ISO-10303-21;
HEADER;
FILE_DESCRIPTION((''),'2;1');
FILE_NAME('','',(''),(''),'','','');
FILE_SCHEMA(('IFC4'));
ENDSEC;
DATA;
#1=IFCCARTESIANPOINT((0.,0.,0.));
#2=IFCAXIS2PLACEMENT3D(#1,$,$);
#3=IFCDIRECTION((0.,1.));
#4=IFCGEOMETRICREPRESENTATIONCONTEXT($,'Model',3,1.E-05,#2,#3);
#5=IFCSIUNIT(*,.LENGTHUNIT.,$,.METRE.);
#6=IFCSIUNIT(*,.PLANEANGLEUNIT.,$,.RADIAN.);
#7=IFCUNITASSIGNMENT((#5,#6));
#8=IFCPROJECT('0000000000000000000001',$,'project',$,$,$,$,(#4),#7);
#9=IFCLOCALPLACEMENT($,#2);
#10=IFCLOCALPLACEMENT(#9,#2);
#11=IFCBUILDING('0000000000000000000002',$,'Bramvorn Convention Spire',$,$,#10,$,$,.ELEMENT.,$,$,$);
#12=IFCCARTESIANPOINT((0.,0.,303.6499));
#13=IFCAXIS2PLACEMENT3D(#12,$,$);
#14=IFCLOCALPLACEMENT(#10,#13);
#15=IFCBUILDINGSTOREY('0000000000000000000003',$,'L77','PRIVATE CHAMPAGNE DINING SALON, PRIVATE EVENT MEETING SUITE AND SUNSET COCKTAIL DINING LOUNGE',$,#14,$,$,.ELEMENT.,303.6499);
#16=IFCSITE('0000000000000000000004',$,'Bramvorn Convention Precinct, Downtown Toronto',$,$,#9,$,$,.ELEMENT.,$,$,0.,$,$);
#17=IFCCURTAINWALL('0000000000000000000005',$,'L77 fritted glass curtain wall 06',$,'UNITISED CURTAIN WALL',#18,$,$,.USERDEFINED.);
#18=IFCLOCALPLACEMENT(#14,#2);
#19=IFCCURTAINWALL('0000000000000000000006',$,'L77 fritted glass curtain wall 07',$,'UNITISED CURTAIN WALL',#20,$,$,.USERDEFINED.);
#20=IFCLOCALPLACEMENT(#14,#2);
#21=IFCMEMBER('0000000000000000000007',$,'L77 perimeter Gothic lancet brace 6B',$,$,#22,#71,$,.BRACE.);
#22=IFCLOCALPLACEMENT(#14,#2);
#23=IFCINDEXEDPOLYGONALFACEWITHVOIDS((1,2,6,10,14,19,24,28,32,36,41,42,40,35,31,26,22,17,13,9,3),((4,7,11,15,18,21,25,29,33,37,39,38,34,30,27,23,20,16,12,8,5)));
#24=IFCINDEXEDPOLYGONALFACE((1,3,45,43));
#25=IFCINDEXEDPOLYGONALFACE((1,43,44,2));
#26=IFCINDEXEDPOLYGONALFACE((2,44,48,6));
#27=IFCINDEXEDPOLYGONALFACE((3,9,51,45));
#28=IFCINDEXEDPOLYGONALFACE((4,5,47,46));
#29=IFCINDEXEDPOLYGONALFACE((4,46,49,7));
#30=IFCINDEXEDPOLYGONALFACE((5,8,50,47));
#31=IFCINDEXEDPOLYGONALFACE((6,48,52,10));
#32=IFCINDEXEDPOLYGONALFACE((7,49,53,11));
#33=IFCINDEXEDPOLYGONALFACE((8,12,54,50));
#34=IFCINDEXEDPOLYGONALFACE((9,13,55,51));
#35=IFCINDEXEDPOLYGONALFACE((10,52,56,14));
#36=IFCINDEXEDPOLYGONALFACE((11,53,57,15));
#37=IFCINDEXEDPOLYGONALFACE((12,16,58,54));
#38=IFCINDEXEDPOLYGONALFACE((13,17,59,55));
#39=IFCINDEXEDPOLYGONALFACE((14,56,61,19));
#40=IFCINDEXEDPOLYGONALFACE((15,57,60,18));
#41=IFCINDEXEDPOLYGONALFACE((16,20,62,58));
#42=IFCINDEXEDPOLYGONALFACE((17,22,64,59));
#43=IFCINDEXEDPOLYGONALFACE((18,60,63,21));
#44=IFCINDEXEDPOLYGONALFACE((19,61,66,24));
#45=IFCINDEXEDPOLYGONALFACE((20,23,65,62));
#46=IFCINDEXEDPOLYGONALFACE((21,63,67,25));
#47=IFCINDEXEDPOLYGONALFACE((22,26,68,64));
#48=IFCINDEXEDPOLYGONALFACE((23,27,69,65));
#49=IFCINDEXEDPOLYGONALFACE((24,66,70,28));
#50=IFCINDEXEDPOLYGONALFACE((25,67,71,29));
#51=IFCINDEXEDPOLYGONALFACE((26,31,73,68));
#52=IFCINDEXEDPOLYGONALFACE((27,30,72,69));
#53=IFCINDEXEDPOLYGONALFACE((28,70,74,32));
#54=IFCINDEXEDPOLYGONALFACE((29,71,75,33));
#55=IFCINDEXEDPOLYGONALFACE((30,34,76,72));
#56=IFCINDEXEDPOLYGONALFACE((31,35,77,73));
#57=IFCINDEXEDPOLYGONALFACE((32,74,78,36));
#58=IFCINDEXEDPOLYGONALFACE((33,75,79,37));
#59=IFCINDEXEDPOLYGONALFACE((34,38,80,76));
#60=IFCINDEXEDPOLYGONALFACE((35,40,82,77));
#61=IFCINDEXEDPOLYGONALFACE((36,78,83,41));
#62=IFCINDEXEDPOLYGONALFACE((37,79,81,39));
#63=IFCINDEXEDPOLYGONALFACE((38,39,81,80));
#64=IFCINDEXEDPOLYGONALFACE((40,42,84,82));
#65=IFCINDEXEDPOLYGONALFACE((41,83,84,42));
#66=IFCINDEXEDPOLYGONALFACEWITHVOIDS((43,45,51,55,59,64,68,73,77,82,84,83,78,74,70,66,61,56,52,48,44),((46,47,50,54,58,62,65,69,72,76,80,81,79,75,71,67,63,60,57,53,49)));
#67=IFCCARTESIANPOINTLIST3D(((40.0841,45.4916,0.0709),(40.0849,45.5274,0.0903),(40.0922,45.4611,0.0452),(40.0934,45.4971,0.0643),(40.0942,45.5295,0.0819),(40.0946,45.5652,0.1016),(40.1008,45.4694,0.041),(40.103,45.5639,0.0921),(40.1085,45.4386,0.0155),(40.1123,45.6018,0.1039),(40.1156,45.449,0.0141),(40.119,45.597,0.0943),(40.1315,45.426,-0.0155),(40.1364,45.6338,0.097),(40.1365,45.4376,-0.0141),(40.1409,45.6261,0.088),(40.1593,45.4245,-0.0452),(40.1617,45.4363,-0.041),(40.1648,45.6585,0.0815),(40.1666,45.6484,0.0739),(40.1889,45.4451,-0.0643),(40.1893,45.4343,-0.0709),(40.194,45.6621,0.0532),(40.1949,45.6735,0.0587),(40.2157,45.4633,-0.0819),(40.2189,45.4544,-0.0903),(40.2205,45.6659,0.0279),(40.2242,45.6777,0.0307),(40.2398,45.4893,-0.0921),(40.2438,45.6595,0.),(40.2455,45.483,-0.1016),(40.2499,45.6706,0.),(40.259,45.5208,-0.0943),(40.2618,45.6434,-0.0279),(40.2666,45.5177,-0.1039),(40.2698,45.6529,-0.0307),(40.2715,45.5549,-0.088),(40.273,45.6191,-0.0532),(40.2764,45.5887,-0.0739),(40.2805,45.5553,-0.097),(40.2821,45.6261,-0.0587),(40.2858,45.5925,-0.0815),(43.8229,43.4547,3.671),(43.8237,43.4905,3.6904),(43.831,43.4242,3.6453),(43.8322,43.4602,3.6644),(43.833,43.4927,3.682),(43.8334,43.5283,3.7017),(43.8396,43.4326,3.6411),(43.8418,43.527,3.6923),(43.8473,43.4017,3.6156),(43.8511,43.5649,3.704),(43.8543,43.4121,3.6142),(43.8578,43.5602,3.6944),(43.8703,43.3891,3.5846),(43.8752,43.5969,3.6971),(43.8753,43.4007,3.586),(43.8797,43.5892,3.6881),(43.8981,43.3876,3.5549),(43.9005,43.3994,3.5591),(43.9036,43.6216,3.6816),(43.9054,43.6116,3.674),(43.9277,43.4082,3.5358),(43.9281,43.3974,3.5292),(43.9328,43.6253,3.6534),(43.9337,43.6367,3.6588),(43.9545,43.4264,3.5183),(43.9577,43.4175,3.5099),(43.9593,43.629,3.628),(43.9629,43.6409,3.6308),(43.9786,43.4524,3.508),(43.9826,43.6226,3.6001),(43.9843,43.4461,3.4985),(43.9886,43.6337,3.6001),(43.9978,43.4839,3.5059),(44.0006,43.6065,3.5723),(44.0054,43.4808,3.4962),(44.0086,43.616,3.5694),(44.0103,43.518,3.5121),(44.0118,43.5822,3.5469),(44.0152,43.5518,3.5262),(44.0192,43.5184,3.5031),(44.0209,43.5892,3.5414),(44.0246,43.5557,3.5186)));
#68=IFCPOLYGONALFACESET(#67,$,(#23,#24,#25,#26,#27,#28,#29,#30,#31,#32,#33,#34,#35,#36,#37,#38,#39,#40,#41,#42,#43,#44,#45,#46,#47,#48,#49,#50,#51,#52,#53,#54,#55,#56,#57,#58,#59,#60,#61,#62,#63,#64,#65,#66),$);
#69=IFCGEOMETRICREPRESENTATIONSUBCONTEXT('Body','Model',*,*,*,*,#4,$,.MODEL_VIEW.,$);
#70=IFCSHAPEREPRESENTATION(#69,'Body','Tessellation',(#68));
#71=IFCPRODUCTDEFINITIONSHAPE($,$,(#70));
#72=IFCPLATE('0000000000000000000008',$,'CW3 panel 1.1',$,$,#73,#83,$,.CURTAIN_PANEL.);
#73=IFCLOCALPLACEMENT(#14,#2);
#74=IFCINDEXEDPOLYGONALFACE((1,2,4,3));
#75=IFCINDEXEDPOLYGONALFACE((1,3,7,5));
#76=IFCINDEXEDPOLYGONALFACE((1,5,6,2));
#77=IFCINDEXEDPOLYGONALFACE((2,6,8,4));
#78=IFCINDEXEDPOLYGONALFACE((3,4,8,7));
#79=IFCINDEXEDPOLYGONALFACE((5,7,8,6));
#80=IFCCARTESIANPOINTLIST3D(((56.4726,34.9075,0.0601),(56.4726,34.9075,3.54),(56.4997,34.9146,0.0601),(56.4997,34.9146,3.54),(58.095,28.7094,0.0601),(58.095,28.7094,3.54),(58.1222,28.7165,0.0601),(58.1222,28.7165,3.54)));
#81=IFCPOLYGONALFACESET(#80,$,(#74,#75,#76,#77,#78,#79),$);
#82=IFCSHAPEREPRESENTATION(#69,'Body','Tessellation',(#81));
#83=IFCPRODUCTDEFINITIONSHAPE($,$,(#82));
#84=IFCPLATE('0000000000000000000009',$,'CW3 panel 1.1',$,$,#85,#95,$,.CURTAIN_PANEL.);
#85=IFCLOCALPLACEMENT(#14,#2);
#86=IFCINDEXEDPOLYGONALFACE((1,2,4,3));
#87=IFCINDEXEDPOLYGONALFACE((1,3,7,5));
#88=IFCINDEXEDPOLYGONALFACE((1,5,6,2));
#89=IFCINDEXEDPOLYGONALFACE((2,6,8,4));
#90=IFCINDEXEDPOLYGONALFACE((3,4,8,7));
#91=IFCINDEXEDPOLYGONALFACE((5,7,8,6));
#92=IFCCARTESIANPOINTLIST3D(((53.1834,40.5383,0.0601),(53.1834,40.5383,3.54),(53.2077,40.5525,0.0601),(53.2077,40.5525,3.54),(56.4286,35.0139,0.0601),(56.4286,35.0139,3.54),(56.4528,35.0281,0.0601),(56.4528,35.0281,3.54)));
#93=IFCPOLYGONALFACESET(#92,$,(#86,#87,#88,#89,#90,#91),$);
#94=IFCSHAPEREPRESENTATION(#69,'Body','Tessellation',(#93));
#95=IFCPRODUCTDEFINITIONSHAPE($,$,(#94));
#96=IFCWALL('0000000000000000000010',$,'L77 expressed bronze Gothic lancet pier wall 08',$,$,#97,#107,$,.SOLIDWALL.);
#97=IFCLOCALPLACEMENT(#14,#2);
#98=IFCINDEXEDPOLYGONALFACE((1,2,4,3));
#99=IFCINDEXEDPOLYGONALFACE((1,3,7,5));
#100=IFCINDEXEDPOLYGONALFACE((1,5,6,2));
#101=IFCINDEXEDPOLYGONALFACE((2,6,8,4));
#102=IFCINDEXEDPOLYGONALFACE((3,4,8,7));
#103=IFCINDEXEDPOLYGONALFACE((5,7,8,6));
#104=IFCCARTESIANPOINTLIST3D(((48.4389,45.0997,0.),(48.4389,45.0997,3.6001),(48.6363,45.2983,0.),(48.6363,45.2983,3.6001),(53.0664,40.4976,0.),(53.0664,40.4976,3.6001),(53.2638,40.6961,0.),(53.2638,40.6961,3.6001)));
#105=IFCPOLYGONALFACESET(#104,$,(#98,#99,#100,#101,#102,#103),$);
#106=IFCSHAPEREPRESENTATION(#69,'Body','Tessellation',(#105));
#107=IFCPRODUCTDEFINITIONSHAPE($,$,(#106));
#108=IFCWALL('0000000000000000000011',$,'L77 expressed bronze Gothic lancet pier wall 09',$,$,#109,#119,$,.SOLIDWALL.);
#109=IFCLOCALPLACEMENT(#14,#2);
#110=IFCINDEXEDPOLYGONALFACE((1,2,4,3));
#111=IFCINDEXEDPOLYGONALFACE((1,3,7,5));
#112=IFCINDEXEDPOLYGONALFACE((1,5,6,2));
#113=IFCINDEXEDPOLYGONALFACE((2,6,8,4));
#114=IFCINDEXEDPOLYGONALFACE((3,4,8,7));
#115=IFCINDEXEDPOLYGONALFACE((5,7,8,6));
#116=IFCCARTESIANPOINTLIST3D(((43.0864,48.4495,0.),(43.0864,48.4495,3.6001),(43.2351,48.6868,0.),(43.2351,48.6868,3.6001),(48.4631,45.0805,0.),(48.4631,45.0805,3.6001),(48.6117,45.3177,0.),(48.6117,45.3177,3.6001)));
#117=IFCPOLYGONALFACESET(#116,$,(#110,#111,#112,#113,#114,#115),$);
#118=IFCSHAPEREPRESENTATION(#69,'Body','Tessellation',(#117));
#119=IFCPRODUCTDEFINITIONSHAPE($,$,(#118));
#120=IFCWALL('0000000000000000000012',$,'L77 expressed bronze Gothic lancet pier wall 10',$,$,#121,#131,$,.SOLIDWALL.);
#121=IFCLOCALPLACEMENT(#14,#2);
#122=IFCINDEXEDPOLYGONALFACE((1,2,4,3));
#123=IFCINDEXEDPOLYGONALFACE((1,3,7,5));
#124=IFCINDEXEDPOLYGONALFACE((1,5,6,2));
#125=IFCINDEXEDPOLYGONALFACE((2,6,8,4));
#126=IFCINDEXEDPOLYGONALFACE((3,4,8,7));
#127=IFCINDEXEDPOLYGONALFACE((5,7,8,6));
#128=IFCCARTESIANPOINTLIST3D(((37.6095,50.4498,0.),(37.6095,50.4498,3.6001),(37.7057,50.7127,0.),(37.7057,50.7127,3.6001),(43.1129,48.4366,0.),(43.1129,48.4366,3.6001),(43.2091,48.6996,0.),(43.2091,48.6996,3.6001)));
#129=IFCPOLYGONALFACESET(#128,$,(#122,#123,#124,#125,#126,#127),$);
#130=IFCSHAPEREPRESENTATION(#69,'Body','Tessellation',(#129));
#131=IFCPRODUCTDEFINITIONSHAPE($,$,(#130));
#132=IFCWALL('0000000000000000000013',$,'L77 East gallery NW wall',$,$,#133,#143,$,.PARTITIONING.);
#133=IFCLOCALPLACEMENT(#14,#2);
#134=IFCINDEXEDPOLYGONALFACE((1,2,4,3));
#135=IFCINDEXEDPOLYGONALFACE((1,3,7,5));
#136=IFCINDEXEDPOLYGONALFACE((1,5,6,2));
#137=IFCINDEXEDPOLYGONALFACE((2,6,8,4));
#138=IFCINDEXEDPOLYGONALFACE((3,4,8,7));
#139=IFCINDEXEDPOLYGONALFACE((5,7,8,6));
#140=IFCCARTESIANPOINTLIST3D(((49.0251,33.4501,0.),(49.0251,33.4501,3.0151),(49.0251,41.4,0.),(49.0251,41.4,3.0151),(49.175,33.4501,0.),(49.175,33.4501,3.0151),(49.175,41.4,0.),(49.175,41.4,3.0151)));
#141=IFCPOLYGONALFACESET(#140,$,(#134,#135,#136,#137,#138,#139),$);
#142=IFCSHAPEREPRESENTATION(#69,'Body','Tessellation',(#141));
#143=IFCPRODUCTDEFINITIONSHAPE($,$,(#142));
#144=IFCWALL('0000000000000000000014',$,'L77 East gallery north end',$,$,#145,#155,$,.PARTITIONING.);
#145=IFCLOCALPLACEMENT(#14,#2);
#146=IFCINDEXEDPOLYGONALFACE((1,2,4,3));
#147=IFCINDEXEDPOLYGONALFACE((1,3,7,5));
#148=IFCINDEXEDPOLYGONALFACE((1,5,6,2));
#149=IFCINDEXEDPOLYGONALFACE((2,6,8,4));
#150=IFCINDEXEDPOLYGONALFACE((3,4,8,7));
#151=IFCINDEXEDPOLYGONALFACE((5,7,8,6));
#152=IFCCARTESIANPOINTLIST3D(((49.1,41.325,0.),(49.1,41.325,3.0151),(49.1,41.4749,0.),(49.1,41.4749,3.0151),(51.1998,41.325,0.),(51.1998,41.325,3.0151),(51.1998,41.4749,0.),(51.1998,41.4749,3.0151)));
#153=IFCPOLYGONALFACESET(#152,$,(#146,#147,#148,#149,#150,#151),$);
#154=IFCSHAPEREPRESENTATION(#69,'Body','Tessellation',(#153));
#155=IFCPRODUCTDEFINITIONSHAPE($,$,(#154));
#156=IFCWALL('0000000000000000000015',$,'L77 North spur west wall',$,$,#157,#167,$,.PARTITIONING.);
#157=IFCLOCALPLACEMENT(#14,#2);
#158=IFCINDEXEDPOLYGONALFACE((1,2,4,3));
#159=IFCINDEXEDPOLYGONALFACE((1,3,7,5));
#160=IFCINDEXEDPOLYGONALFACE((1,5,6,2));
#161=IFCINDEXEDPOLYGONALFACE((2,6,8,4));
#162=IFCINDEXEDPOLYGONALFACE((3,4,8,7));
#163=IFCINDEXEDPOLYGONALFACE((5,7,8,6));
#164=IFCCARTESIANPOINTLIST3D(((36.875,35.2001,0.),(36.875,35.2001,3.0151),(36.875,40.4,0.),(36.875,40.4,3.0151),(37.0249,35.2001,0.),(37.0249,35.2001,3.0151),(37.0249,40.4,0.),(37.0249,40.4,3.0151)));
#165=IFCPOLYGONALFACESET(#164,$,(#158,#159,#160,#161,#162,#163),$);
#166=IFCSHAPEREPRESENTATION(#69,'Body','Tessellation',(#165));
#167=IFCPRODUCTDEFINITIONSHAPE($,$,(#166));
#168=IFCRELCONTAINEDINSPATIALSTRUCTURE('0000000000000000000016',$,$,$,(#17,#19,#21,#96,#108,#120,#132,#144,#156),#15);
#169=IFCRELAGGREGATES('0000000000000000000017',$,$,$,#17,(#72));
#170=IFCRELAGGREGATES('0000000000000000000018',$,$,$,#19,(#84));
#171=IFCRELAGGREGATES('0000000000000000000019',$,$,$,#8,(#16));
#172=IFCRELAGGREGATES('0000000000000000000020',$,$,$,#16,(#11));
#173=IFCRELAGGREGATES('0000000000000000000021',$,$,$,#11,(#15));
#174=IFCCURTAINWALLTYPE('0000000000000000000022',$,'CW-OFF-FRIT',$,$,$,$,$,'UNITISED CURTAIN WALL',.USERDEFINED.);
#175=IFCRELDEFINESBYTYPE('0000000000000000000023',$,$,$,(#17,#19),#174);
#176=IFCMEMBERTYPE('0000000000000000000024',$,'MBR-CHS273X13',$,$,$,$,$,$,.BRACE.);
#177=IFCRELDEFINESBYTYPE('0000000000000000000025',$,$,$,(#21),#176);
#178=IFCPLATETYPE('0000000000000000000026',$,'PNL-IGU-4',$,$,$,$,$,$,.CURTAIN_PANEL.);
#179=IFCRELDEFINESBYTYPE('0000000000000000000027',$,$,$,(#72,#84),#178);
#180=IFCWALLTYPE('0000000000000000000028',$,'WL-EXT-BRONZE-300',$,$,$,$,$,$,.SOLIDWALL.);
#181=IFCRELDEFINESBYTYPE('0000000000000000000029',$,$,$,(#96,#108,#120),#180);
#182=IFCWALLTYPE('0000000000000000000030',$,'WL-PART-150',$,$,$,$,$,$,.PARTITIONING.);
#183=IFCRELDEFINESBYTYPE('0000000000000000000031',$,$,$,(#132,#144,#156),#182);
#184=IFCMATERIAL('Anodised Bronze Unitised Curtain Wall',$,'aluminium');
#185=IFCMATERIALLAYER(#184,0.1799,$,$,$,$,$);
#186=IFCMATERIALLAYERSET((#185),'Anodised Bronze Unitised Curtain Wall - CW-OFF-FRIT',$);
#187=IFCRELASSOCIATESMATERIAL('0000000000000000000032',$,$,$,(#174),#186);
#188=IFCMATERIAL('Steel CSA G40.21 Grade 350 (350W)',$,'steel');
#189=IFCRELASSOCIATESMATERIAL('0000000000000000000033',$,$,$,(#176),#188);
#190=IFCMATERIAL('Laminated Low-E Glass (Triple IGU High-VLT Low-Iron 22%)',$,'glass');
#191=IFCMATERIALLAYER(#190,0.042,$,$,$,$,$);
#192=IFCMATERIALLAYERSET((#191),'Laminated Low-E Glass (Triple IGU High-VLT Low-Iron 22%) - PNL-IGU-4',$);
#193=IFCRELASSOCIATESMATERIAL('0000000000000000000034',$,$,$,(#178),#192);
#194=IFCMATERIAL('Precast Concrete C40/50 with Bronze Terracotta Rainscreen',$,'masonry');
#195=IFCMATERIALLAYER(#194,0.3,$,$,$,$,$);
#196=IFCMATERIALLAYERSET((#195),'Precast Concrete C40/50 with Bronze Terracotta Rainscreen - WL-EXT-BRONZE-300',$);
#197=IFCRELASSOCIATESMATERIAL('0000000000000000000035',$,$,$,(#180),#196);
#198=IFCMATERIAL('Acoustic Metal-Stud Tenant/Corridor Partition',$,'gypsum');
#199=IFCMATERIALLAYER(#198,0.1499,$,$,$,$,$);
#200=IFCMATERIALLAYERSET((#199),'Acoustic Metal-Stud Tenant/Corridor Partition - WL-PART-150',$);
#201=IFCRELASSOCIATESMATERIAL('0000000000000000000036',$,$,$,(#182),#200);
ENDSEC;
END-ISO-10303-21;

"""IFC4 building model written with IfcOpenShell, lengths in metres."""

from ifc_helpers import new_model, si_unit, direction, frame, frame_2d, origin, origin_2d, place, context, subcontext, project, spatial, rectangle, hollow_circle, extrude, material, layer, layer_set, material_profile, profile_set, type_object, element, aggregate, save


model = new_model("IFC4")

# Units and contexts
model_context = context("Model", 3, precision=1e-05, world=origin(), true_north=direction((0.0, 1.0)))
body_context = subcontext(model_context, "Body", "Model", "MODEL_VIEW")
ifc_project = project(units=[si_unit("LENGTHUNIT", "METRE"), si_unit("PLANEANGLEUNIT", "RADIAN")], contexts=[model_context])

# Site, building, storey
site_placement = place(None, origin())
site = spatial("IfcSite", under=ifc_project, at=site_placement, Name="Bramvorn Convention Precinct, Downtown Toronto", CompositionType="ELEMENT", RefElevation=0.0)
building_placement = place(site_placement, origin())
building = spatial("IfcBuilding", under=site, at=building_placement, Name="Bramvorn Convention Spire", CompositionType="ELEMENT")
storey_placement = place(building_placement, frame((0.0, 0.0, 303.6499)))
storey = spatial("IfcBuildingStorey", under=building, at=storey_placement, Name="L77", Description="PRIVATE CHAMPAGNE DINING SALON, PRIVATE EVENT MEETING SUITE AND SUNSET COCKTAIL DINING LOUNGE", CompositionType="ELEMENT", Elevation=303.6499)

# Shared definitions
ifc_material_1 = material(Name="Steel CSA G40.21 Grade 350 (350W)", Category="steel")

# Curtain wall
ifc_material_2 = material(Name="Anodised Bronze Unitised Curtain Wall", Category="aluminium")
ifc_layer_1 = layer(ifc_material_2, 0.1799)
ifc_layer_set_1 = layer_set([ifc_layer_1], Name="Anodised Bronze Unitised Curtain Wall - CW-OFF-FRIT")
curtain_wall_type = type_object("IfcCurtainWallType", Name="CW-OFF-FRIT", ElementType="UNITISED CURTAIN WALL", PredefinedType="USERDEFINED", material=ifc_layer_set_1)
curtain_wall_1_placement = place(storey_placement, origin())
curtain_wall_1 = element("IfcCurtainWall", 1, at=curtain_wall_1_placement, inside=storey, type_object=curtain_wall_type, Name="L77 fritted glass curtain wall 06", ObjectType="UNITISED CURTAIN WALL", PredefinedType="USERDEFINED")

# Curtain wall
curtain_wall_2_placement = place(storey_placement, origin())
curtain_wall_2 = element("IfcCurtainWall", 2, at=curtain_wall_2_placement, inside=storey, type_object=curtain_wall_type, Name="L77 fritted glass curtain wall 07", ObjectType="UNITISED CURTAIN WALL", PredefinedType="USERDEFINED")

# Member
ifc_material_profile_1 = material_profile(ifc_material_1, hollow_circle(Radius=0.1365, WallThickness=0.0127, at=origin_2d()))
ifc_profile_set_1 = profile_set([ifc_material_profile_1], Name="Steel CSA G40.21 Grade 350 (350W) - CHS273X13")
member_type_1 = type_object("IfcMemberType", Name="MBR-CHS273X13", PredefinedType="BRACE", material=ifc_profile_set_1)
member_1_placement = place(storey_placement, frame((40.1846, 45.5508, 0.0), z_axis=(0.670553, -0.365314, 0.645682), x_axis=(0.478406, 0.878139, 0.0)))
element("IfcMember", 3, at=member_1_placement, inside=storey, type_object=member_type_1, Name="L77 perimeter Gothic lancet brace 6B", PredefinedType="BRACE", context=body_context, shape_type="SweptSolid", body=[
    extrude(hollow_circle(Radius=0.1365, WallThickness=0.0127, at=origin_2d()), origin(), (0.0, 0.0, 1.0), 5.5757),
])

# Plates
ifc_material_3 = material(Name="Laminated Low-E Glass (Triple IGU High-VLT Low-Iron 22%)", Category="glass")
ifc_layer_2 = layer(ifc_material_3, 0.042)
ifc_layer_set_2 = layer_set([ifc_layer_2], Name="Laminated Low-E Glass (Triple IGU High-VLT Low-Iron 22%) - PNL-IGU-4")
plate_type = type_object("IfcPlateType", Name="PNL-IGU-4", PredefinedType="CURTAIN_PANEL", material=ifc_layer_set_2)
plate_1_placement = place(storey_placement, frame((57.2974, 31.812, 0.0601), z_axis=(0.0, 0.0, 1.0), x_axis=(0.253228, -0.967407, 0.0)))
plate_1 = element("IfcPlate", 4, at=plate_1_placement, type_object=plate_type, Name="CW3 panel 1.1", PredefinedType="CURTAIN_PANEL", context=body_context, shape_type="SweptSolid", body=[
    extrude(rectangle(XDim=6.407, YDim=0.0281, at=origin_2d()), origin(), (0.0, 0.0, 1.0), 3.48),
])
aggregate(curtain_wall_1, [plate_1])
plate_2_placement = place(storey_placement, frame((54.8181, 37.7832, 0.0601), z_axis=(0.0, 0.0, 1.0), x_axis=(0.5065, -0.86224, 0.0)))
plate_2 = element("IfcPlate", 5, at=plate_2_placement, type_object=plate_type, Name="CW3 panel 1.1", PredefinedType="CURTAIN_PANEL", context=body_context, shape_type="SweptSolid", body=[
    extrude(rectangle(XDim=6.407, YDim=0.0281, at=origin_2d()), origin(), (0.0, 0.0, 1.0), 3.48),
])
aggregate(curtain_wall_2, [plate_2])

# Walls
ifc_material_4 = material(Name="Precast Concrete C40/50 with Bronze Terracotta Rainscreen", Category="masonry")
ifc_layer_3 = layer(ifc_material_4, 0.3)
ifc_layer_set_3 = layer_set([ifc_layer_3], Name="Precast Concrete C40/50 with Bronze Terracotta Rainscreen - WL-EXT-BRONZE-300")
wall_type_1 = type_object("IfcWallType", Name="WL-EXT-BRONZE-300", PredefinedType="SOLIDWALL", material=ifc_layer_set_3)
wall_1_placement = place(storey_placement, frame((48.5376, 45.199, 0.0), z_axis=(0.0, 0.0, 1.0), x_axis=(0.709049, -0.705159, 0.0)))
element("IfcWall", 6, at=wall_1_placement, inside=storey, type_object=wall_type_1, Name="L77 expressed bronze Gothic lancet pier wall 08", PredefinedType="SOLIDWALL", context=body_context, shape_type="SweptSolid", body=[
    extrude(rectangle(XDim=6.5264, YDim=0.28, at=frame_2d((3.2632, 0.0))), origin(), (0.0, 0.0, 1.0), 3.6001),
])
wall_2_placement = place(storey_placement, frame((43.1609, 48.5681, 0.0), z_axis=(0.0, 0.0, 1.0), x_axis=(0.847382, -0.530984, 0.0)))
element("IfcWall", 7, at=wall_2_placement, inside=storey, type_object=wall_type_1, Name="L77 expressed bronze Gothic lancet pier wall 09", PredefinedType="SOLIDWALL", context=body_context, shape_type="SweptSolid", body=[
    extrude(rectangle(XDim=6.345, YDim=0.28, at=frame_2d((3.1724, 0.0))), origin(), (0.0, 0.0, 1.0), 3.6001),
])
wall_3_placement = place(storey_placement, frame((37.6575, 50.5813, 0.0), z_axis=(0.0, 0.0, 1.0), x_axis=(0.939137, -0.343542, 0.0)))
element("IfcWall", 8, at=wall_3_placement, inside=storey, type_object=wall_type_1, Name="L77 expressed bronze Gothic lancet pier wall 10", PredefinedType="SOLIDWALL", context=body_context, shape_type="SweptSolid", body=[
    extrude(rectangle(XDim=5.8601, YDim=0.28, at=frame_2d((2.9302, 0.0))), origin(), (0.0, 0.0, 1.0), 3.6001),
])
ifc_material_5 = material(Name="Acoustic Metal-Stud Tenant/Corridor Partition", Category="gypsum")
ifc_layer_4 = layer(ifc_material_5, 0.1499)
ifc_layer_set_4 = layer_set([ifc_layer_4], Name="Acoustic Metal-Stud Tenant/Corridor Partition - WL-PART-150")
wall_type_2 = type_object("IfcWallType", Name="WL-PART-150", PredefinedType="PARTITIONING", material=ifc_layer_set_4)
wall_4_placement = place(storey_placement, frame((49.1001, 33.45, 0.0), z_axis=(0.0, 0.0, 1.0), x_axis=(0.0, 1.0, 0.0)))
element("IfcWall", 9, at=wall_4_placement, inside=storey, type_object=wall_type_2, Name="L77 East gallery NW wall", PredefinedType="PARTITIONING", context=body_context, shape_type="SweptSolid", body=[
    extrude(rectangle(XDim=7.95, YDim=0.1499, at=frame_2d((3.9751, 0.0))), origin(), (0.0, 0.0, 1.0), 3.0151),
])
wall_5_placement = place(storey_placement, frame((49.1001, 41.3999, 0.0), z_axis=(0.0, 0.0, 1.0), x_axis=(1.0, 0.0, 0.0)))
element("IfcWall", 10, at=wall_5_placement, inside=storey, type_object=wall_type_2, Name="L77 East gallery north end", PredefinedType="PARTITIONING", context=body_context, shape_type="SweptSolid", body=[
    extrude(rectangle(XDim=2.0999, YDim=0.1499, at=frame_2d((1.0498, 0.0))), origin(), (0.0, 0.0, 1.0), 3.0151),
])
wall_6_placement = place(storey_placement, frame((36.95, 35.2, 0.0), z_axis=(0.0, 0.0, 1.0), x_axis=(0.0, 1.0, 0.0)))
element("IfcWall", 11, at=wall_6_placement, inside=storey, type_object=wall_type_2, Name="L77 North spur west wall", PredefinedType="PARTITIONING", context=body_context, shape_type="SweptSolid", body=[
    extrude(rectangle(XDim=5.2, YDim=0.1499, at=frame_2d((2.6001, 0.0))), origin(), (0.0, 0.0, 1.0), 3.0151),
])

save(model, "model.ifc")
